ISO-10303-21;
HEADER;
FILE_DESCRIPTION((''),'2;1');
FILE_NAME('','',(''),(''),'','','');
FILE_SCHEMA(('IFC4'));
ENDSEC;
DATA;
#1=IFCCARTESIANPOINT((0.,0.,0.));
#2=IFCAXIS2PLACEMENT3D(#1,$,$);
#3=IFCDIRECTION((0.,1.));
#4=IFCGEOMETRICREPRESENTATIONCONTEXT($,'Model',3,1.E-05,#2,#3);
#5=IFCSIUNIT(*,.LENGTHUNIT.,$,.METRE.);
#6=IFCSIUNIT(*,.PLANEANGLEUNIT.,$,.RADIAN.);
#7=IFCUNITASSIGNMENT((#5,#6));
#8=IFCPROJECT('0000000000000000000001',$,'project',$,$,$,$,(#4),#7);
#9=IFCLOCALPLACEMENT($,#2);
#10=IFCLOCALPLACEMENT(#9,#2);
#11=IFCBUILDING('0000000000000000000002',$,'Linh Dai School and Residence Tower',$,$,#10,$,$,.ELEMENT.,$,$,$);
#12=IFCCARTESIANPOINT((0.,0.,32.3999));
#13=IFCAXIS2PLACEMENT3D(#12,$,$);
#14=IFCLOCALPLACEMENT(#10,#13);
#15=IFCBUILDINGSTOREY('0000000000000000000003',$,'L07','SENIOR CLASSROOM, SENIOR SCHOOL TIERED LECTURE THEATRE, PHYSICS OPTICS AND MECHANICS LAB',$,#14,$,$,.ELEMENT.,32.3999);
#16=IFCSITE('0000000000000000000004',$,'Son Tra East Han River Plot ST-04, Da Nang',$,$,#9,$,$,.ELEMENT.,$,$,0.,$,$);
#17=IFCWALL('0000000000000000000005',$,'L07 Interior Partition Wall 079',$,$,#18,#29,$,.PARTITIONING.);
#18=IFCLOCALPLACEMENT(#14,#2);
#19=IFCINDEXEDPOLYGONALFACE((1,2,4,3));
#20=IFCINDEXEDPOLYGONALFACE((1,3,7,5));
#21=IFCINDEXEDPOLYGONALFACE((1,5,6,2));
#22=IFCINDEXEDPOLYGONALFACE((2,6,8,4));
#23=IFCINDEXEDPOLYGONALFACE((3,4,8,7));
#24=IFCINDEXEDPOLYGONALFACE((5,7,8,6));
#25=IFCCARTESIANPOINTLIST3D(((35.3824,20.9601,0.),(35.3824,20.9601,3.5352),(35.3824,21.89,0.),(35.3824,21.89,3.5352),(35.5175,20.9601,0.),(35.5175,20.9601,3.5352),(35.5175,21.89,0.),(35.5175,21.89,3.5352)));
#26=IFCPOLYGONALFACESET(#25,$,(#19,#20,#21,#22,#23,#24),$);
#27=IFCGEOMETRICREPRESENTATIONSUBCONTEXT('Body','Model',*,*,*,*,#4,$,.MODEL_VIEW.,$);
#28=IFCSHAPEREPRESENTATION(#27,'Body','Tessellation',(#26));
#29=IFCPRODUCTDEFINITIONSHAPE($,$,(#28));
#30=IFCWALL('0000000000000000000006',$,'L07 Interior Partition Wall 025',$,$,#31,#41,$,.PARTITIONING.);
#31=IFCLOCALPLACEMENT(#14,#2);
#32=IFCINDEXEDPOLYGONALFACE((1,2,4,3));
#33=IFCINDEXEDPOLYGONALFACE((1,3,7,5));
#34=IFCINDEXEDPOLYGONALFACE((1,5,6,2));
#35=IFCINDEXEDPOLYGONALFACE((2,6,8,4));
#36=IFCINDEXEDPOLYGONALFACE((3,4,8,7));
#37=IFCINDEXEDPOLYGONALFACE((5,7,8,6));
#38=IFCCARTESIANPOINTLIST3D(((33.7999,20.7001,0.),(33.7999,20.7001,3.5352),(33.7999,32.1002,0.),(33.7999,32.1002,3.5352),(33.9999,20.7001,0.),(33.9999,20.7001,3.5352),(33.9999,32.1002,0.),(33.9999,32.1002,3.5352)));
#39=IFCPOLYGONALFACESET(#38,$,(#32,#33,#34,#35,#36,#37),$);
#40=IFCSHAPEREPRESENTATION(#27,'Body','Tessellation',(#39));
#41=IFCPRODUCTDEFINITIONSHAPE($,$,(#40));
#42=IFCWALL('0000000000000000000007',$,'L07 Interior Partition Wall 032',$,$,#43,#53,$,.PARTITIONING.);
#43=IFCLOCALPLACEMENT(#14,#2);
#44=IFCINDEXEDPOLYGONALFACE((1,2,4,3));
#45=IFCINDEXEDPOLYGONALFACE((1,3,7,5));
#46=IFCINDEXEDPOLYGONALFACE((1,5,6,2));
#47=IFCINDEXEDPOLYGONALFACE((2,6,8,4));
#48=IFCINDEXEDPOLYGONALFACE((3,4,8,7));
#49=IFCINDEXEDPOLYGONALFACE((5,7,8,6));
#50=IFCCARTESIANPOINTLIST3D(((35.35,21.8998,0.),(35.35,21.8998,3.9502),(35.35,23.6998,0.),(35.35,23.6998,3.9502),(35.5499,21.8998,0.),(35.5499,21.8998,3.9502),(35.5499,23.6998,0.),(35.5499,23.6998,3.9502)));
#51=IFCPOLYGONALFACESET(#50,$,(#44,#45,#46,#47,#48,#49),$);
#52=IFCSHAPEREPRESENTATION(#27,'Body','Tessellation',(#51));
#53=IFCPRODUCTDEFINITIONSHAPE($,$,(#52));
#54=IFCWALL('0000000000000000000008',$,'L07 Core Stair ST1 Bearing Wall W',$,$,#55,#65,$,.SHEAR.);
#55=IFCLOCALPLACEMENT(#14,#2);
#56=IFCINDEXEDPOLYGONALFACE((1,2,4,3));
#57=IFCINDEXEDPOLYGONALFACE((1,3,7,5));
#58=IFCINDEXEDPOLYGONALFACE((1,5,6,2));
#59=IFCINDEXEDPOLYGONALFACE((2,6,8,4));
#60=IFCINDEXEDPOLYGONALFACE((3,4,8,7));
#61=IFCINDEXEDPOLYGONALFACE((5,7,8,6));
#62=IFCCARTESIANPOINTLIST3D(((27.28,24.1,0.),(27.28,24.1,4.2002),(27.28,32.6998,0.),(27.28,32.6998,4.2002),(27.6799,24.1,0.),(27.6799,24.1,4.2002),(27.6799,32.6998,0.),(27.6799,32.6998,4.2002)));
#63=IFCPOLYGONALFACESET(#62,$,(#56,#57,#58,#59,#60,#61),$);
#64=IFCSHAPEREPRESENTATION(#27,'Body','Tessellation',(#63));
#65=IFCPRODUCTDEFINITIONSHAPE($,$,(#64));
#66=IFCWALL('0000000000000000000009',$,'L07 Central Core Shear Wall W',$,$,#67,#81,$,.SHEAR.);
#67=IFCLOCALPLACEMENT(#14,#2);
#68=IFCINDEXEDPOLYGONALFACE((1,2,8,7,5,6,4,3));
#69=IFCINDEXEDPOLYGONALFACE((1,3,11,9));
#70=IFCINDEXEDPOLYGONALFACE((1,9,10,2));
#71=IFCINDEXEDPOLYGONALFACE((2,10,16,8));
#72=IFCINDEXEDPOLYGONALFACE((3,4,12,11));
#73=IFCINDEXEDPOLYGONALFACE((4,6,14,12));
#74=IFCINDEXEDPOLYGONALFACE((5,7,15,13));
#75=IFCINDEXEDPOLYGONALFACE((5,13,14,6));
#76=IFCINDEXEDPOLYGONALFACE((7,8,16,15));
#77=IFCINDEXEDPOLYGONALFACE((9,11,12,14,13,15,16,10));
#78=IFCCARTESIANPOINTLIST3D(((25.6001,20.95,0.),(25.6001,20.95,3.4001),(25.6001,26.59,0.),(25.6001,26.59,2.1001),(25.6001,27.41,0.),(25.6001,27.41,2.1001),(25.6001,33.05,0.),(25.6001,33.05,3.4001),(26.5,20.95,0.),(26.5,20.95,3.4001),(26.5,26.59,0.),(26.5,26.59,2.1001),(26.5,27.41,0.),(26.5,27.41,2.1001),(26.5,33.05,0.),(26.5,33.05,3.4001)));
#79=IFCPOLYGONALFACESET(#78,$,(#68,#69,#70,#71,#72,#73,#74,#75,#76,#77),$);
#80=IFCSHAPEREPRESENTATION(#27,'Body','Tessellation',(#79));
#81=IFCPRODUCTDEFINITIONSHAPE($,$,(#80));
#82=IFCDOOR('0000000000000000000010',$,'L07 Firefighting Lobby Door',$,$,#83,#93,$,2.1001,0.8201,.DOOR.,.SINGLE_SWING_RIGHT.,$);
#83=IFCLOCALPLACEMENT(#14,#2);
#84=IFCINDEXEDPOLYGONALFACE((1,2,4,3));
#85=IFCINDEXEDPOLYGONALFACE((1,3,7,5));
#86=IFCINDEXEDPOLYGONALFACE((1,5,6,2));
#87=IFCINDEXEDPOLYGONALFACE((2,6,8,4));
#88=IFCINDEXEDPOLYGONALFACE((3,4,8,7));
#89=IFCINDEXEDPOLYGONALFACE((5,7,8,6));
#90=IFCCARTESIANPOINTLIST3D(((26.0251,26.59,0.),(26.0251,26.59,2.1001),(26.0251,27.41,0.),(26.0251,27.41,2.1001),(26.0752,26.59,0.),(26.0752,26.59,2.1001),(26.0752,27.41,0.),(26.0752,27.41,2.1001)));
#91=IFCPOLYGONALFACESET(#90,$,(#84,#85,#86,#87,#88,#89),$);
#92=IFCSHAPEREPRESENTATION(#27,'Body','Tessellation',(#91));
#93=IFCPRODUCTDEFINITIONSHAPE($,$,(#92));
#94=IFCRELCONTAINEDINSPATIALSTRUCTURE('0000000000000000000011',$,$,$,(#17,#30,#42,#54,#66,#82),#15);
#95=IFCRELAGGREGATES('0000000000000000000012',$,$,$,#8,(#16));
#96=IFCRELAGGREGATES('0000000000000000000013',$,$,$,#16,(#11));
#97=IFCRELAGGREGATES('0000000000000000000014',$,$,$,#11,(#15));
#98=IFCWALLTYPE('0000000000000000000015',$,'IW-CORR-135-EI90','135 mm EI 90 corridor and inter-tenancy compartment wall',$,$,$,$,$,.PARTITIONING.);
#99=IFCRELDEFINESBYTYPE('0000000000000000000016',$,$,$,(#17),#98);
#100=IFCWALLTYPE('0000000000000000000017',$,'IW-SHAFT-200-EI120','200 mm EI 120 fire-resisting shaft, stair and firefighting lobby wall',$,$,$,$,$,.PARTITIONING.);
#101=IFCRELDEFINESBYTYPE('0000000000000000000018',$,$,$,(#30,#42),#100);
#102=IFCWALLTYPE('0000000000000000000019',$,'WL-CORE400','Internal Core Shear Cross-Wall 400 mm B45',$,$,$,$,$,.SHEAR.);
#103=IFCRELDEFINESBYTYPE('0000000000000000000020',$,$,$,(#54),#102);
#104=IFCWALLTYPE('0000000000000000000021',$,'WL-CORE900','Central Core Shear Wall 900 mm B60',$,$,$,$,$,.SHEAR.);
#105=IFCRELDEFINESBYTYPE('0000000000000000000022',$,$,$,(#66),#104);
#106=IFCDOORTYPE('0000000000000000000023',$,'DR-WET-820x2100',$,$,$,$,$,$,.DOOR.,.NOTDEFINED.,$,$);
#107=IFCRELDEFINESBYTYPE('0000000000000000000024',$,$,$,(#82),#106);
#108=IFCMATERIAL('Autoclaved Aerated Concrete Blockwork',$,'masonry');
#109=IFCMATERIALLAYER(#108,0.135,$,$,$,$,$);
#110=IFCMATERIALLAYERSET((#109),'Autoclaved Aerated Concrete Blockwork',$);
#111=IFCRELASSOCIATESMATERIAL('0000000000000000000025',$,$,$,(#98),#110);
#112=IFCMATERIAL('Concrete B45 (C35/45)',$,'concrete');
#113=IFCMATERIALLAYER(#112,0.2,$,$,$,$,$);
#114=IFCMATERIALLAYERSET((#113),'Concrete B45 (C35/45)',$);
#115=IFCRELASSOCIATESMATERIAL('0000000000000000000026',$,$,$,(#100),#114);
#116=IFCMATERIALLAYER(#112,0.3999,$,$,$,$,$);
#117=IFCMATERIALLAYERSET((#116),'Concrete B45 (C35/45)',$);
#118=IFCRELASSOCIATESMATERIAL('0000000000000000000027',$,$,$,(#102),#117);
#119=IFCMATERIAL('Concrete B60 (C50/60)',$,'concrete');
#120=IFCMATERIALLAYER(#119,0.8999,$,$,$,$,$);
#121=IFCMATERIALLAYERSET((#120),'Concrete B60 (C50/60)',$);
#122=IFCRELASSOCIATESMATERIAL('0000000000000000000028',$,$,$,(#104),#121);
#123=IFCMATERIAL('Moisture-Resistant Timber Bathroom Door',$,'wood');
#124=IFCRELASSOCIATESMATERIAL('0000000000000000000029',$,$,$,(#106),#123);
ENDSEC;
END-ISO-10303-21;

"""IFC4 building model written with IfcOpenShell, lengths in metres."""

from ifc_helpers import new_model, si_unit, direction, frame, frame_2d, origin, origin_2d, place, context, subcontext, project, spatial, rectangle, extrude, source, transform, mapped, material, layer, layer_set, type_object, element, fill, save


model = new_model("IFC4")

# Units and contexts
model_context = context("Model", 3, precision=1e-05, world=origin(), true_north=direction((0.0, 1.0)))
body_context = subcontext(model_context, "Body", "Model", "MODEL_VIEW")
ifc_project = project(units=[si_unit("LENGTHUNIT", "METRE"), si_unit("PLANEANGLEUNIT", "RADIAN")], contexts=[model_context])

# Site, building, storey
site_placement = place(None, origin())
site = spatial("IfcSite", under=ifc_project, at=site_placement, Name="Son Tra East Han River Plot ST-04, Da Nang", CompositionType="ELEMENT", RefElevation=0.0)
building_placement = place(site_placement, origin())
building = spatial("IfcBuilding", under=site, at=building_placement, Name="Linh Dai School and Residence Tower", CompositionType="ELEMENT")
storey_placement = place(building_placement, frame((0.0, 0.0, 32.3999)))
storey = spatial("IfcBuildingStorey", under=building, at=storey_placement, Name="L07", Description="SENIOR CLASSROOM, SENIOR SCHOOL TIERED LECTURE THEATRE, PHYSICS OPTICS AND MECHANICS LAB", CompositionType="ELEMENT", Elevation=32.3999)

# Walls
ifc_material_1 = material(Name="Autoclaved Aerated Concrete Blockwork", Category="masonry")
ifc_layer_1 = layer(ifc_material_1, 0.135)
ifc_layer_set_1 = layer_set([ifc_layer_1], Name="Autoclaved Aerated Concrete Blockwork")
wall_type_1 = type_object("IfcWallType", Name="IW-CORR-135-EI90", Description="135 mm EI 90 corridor and inter-tenancy compartment wall", PredefinedType="PARTITIONING", material=ifc_layer_set_1)
wall_1_placement = place(storey_placement, frame((35.45, 21.8899, 0.0), z_axis=(0.0, 0.0, 1.0), x_axis=(0.0, -1.0, 0.0)))
element("IfcWall", 1, at=wall_1_placement, inside=storey, type_object=wall_type_1, Name="L07 Interior Partition Wall 079", PredefinedType="PARTITIONING", context=body_context, shape_type="SweptSolid", body=[
    extrude(rectangle(XDim=0.9299, YDim=0.135, at=frame_2d((0.4648, 0.0))), origin(), (0.0, 0.0, 1.0), 3.5352),
])
ifc_material_2 = material(Name="Concrete B45 (C35/45)", Category="concrete")
ifc_layer_2 = layer(ifc_material_2, 0.2)
ifc_layer_set_2 = layer_set([ifc_layer_2], Name="Concrete B45 (C35/45)")
wall_type_2 = type_object("IfcWallType", Name="IW-SHAFT-200-EI120", Description="200 mm EI 120 fire-resisting shaft, stair and firefighting lobby wall", PredefinedType="PARTITIONING", material=ifc_layer_set_2)
wall_2_placement = place(storey_placement, frame((33.8999, 20.7, 0.0), z_axis=(0.0, 0.0, 1.0), x_axis=(0.0, 1.0, 0.0)))
element("IfcWall", 2, at=wall_2_placement, inside=storey, type_object=wall_type_2, Name="L07 Interior Partition Wall 025", PredefinedType="PARTITIONING", context=body_context, shape_type="SweptSolid", body=[
    extrude(rectangle(XDim=11.4001, YDim=0.2, at=frame_2d((5.7002, 0.0))), origin(), (0.0, 0.0, 1.0), 3.5352),
])
wall_3_placement = place(storey_placement, frame((35.45, 21.8999, 0.0), z_axis=(0.0, 0.0, 1.0), x_axis=(0.0, 1.0, 0.0)))
element("IfcWall", 3, at=wall_3_placement, inside=storey, type_object=wall_type_2, Name="L07 Interior Partition Wall 032", PredefinedType="PARTITIONING", context=body_context, shape_type="SweptSolid", body=[
    extrude(rectangle(XDim=1.8, YDim=0.2, at=frame_2d((0.8999, 0.0))), origin(), (0.0, 0.0, 1.0), 3.9502),
])

# Wall
ifc_layer_3 = layer(ifc_material_2, 0.3999)
ifc_layer_set_3 = layer_set([ifc_layer_3], Name="Concrete B45 (C35/45)")
wall_type_3 = type_object("IfcWallType", Name="WL-CORE400", Description="Internal Core Shear Cross-Wall 400 mm B45", PredefinedType="SHEAR", material=ifc_layer_set_3)
wall_4_placement = place(storey_placement, frame((27.48, 24.1001, 0.0), z_axis=(0.0, 0.0, 1.0), x_axis=(0.0, 1.0, 0.0)))
element("IfcWall", 4, at=wall_4_placement, inside=storey, type_object=wall_type_3, Name="L07 Core Stair ST1 Bearing Wall W", PredefinedType="SHEAR", context=body_context, shape_type="SweptSolid", body=[
    extrude(rectangle(XDim=8.5999, YDim=0.3999, at=frame_2d((4.2998, 0.0))), origin(), (0.0, 0.0, 1.0), 4.2002),
])

# Wall, opening, door
ifc_material_3 = material(Name="Concrete B60 (C50/60)", Category="concrete")
ifc_layer_4 = layer(ifc_material_3, 0.8999)
ifc_layer_set_4 = layer_set([ifc_layer_4], Name="Concrete B60 (C50/60)")
wall_type_4 = type_object("IfcWallType", Name="WL-CORE900", Description="Central Core Shear Wall 900 mm B60", PredefinedType="SHEAR", material=ifc_layer_set_4)
wall_5_placement = place(storey_placement, frame((26.05, 20.95, 0.0), z_axis=(0.0, 0.0, 1.0), x_axis=(0.0, 1.0, 0.0)))
wall_5 = element("IfcWall", 5, at=wall_5_placement, inside=storey, type_object=wall_type_4, Name="L07 Central Core Shear Wall W", PredefinedType="SHEAR", context=body_context, shape_type="SweptSolid", body=[
    extrude(rectangle(XDim=12.1001, YDim=0.8999, at=frame_2d((6.05, 0.0))), origin(), (0.0, 0.0, 1.0), 3.4001),
])
opening_1_placement = place(wall_5_placement, frame((5.6399, 0.0, 0.0)))
opening_1 = element("IfcOpeningElement", 6, at=opening_1_placement, cuts=wall_5, PredefinedType="OPENING", context=body_context, shape_type="SweptSolid", body=[
    extrude(rectangle(XDim=0.8201, YDim=2.1001, at=origin_2d()), frame((0.4102, 0.46, 1.05), z_axis=(0.0, -1.0, 0.0), x_axis=(1.0, 0.0, 0.0)), (0.0, 0.0, 1.0), 0.9199),
])
ifc_material_4 = material(Name="Moisture-Resistant Timber Bathroom Door", Category="wood")
door_type_1 = type_object("IfcDoorType", Name="DR-WET-820x2100", OperationType="NOTDEFINED", PredefinedType="DOOR", material=ifc_material_4)
shared_shape_1 = source(origin(), body_context, "Body", "SweptSolid", [
    extrude(rectangle(XDim=0.8201, YDim=2.1001, at=origin_2d()), frame((0.4102, 0.0249, 1.05), z_axis=(0.0, -1.0, 0.0), x_axis=(1.0, 0.0, 0.0)), (0.0, 0.0, 1.0), 0.05),
])
door_1_placement = place(opening_1_placement, origin())
door_1 = element("IfcDoor", 7, at=door_1_placement, inside=storey, type_object=door_type_1, Name="L07 Firefighting Lobby Door", OperationType="SINGLE_SWING_RIGHT", OverallHeight=2.1001, OverallWidth=0.8201, PredefinedType="DOOR", context=body_context, shape_type="MappedRepresentation", body=[
    mapped(shared_shape_1, transform((0.0, 0.0, 0.0), x_axis=(1.0, 0.0, 0.0), y_axis=(0.0, 1.0, 0.0), z_axis=(0.0, 0.0, 1.0), scale=1.0)),
])
fill(opening_1, door_1)

save(model, "model.ifc")
